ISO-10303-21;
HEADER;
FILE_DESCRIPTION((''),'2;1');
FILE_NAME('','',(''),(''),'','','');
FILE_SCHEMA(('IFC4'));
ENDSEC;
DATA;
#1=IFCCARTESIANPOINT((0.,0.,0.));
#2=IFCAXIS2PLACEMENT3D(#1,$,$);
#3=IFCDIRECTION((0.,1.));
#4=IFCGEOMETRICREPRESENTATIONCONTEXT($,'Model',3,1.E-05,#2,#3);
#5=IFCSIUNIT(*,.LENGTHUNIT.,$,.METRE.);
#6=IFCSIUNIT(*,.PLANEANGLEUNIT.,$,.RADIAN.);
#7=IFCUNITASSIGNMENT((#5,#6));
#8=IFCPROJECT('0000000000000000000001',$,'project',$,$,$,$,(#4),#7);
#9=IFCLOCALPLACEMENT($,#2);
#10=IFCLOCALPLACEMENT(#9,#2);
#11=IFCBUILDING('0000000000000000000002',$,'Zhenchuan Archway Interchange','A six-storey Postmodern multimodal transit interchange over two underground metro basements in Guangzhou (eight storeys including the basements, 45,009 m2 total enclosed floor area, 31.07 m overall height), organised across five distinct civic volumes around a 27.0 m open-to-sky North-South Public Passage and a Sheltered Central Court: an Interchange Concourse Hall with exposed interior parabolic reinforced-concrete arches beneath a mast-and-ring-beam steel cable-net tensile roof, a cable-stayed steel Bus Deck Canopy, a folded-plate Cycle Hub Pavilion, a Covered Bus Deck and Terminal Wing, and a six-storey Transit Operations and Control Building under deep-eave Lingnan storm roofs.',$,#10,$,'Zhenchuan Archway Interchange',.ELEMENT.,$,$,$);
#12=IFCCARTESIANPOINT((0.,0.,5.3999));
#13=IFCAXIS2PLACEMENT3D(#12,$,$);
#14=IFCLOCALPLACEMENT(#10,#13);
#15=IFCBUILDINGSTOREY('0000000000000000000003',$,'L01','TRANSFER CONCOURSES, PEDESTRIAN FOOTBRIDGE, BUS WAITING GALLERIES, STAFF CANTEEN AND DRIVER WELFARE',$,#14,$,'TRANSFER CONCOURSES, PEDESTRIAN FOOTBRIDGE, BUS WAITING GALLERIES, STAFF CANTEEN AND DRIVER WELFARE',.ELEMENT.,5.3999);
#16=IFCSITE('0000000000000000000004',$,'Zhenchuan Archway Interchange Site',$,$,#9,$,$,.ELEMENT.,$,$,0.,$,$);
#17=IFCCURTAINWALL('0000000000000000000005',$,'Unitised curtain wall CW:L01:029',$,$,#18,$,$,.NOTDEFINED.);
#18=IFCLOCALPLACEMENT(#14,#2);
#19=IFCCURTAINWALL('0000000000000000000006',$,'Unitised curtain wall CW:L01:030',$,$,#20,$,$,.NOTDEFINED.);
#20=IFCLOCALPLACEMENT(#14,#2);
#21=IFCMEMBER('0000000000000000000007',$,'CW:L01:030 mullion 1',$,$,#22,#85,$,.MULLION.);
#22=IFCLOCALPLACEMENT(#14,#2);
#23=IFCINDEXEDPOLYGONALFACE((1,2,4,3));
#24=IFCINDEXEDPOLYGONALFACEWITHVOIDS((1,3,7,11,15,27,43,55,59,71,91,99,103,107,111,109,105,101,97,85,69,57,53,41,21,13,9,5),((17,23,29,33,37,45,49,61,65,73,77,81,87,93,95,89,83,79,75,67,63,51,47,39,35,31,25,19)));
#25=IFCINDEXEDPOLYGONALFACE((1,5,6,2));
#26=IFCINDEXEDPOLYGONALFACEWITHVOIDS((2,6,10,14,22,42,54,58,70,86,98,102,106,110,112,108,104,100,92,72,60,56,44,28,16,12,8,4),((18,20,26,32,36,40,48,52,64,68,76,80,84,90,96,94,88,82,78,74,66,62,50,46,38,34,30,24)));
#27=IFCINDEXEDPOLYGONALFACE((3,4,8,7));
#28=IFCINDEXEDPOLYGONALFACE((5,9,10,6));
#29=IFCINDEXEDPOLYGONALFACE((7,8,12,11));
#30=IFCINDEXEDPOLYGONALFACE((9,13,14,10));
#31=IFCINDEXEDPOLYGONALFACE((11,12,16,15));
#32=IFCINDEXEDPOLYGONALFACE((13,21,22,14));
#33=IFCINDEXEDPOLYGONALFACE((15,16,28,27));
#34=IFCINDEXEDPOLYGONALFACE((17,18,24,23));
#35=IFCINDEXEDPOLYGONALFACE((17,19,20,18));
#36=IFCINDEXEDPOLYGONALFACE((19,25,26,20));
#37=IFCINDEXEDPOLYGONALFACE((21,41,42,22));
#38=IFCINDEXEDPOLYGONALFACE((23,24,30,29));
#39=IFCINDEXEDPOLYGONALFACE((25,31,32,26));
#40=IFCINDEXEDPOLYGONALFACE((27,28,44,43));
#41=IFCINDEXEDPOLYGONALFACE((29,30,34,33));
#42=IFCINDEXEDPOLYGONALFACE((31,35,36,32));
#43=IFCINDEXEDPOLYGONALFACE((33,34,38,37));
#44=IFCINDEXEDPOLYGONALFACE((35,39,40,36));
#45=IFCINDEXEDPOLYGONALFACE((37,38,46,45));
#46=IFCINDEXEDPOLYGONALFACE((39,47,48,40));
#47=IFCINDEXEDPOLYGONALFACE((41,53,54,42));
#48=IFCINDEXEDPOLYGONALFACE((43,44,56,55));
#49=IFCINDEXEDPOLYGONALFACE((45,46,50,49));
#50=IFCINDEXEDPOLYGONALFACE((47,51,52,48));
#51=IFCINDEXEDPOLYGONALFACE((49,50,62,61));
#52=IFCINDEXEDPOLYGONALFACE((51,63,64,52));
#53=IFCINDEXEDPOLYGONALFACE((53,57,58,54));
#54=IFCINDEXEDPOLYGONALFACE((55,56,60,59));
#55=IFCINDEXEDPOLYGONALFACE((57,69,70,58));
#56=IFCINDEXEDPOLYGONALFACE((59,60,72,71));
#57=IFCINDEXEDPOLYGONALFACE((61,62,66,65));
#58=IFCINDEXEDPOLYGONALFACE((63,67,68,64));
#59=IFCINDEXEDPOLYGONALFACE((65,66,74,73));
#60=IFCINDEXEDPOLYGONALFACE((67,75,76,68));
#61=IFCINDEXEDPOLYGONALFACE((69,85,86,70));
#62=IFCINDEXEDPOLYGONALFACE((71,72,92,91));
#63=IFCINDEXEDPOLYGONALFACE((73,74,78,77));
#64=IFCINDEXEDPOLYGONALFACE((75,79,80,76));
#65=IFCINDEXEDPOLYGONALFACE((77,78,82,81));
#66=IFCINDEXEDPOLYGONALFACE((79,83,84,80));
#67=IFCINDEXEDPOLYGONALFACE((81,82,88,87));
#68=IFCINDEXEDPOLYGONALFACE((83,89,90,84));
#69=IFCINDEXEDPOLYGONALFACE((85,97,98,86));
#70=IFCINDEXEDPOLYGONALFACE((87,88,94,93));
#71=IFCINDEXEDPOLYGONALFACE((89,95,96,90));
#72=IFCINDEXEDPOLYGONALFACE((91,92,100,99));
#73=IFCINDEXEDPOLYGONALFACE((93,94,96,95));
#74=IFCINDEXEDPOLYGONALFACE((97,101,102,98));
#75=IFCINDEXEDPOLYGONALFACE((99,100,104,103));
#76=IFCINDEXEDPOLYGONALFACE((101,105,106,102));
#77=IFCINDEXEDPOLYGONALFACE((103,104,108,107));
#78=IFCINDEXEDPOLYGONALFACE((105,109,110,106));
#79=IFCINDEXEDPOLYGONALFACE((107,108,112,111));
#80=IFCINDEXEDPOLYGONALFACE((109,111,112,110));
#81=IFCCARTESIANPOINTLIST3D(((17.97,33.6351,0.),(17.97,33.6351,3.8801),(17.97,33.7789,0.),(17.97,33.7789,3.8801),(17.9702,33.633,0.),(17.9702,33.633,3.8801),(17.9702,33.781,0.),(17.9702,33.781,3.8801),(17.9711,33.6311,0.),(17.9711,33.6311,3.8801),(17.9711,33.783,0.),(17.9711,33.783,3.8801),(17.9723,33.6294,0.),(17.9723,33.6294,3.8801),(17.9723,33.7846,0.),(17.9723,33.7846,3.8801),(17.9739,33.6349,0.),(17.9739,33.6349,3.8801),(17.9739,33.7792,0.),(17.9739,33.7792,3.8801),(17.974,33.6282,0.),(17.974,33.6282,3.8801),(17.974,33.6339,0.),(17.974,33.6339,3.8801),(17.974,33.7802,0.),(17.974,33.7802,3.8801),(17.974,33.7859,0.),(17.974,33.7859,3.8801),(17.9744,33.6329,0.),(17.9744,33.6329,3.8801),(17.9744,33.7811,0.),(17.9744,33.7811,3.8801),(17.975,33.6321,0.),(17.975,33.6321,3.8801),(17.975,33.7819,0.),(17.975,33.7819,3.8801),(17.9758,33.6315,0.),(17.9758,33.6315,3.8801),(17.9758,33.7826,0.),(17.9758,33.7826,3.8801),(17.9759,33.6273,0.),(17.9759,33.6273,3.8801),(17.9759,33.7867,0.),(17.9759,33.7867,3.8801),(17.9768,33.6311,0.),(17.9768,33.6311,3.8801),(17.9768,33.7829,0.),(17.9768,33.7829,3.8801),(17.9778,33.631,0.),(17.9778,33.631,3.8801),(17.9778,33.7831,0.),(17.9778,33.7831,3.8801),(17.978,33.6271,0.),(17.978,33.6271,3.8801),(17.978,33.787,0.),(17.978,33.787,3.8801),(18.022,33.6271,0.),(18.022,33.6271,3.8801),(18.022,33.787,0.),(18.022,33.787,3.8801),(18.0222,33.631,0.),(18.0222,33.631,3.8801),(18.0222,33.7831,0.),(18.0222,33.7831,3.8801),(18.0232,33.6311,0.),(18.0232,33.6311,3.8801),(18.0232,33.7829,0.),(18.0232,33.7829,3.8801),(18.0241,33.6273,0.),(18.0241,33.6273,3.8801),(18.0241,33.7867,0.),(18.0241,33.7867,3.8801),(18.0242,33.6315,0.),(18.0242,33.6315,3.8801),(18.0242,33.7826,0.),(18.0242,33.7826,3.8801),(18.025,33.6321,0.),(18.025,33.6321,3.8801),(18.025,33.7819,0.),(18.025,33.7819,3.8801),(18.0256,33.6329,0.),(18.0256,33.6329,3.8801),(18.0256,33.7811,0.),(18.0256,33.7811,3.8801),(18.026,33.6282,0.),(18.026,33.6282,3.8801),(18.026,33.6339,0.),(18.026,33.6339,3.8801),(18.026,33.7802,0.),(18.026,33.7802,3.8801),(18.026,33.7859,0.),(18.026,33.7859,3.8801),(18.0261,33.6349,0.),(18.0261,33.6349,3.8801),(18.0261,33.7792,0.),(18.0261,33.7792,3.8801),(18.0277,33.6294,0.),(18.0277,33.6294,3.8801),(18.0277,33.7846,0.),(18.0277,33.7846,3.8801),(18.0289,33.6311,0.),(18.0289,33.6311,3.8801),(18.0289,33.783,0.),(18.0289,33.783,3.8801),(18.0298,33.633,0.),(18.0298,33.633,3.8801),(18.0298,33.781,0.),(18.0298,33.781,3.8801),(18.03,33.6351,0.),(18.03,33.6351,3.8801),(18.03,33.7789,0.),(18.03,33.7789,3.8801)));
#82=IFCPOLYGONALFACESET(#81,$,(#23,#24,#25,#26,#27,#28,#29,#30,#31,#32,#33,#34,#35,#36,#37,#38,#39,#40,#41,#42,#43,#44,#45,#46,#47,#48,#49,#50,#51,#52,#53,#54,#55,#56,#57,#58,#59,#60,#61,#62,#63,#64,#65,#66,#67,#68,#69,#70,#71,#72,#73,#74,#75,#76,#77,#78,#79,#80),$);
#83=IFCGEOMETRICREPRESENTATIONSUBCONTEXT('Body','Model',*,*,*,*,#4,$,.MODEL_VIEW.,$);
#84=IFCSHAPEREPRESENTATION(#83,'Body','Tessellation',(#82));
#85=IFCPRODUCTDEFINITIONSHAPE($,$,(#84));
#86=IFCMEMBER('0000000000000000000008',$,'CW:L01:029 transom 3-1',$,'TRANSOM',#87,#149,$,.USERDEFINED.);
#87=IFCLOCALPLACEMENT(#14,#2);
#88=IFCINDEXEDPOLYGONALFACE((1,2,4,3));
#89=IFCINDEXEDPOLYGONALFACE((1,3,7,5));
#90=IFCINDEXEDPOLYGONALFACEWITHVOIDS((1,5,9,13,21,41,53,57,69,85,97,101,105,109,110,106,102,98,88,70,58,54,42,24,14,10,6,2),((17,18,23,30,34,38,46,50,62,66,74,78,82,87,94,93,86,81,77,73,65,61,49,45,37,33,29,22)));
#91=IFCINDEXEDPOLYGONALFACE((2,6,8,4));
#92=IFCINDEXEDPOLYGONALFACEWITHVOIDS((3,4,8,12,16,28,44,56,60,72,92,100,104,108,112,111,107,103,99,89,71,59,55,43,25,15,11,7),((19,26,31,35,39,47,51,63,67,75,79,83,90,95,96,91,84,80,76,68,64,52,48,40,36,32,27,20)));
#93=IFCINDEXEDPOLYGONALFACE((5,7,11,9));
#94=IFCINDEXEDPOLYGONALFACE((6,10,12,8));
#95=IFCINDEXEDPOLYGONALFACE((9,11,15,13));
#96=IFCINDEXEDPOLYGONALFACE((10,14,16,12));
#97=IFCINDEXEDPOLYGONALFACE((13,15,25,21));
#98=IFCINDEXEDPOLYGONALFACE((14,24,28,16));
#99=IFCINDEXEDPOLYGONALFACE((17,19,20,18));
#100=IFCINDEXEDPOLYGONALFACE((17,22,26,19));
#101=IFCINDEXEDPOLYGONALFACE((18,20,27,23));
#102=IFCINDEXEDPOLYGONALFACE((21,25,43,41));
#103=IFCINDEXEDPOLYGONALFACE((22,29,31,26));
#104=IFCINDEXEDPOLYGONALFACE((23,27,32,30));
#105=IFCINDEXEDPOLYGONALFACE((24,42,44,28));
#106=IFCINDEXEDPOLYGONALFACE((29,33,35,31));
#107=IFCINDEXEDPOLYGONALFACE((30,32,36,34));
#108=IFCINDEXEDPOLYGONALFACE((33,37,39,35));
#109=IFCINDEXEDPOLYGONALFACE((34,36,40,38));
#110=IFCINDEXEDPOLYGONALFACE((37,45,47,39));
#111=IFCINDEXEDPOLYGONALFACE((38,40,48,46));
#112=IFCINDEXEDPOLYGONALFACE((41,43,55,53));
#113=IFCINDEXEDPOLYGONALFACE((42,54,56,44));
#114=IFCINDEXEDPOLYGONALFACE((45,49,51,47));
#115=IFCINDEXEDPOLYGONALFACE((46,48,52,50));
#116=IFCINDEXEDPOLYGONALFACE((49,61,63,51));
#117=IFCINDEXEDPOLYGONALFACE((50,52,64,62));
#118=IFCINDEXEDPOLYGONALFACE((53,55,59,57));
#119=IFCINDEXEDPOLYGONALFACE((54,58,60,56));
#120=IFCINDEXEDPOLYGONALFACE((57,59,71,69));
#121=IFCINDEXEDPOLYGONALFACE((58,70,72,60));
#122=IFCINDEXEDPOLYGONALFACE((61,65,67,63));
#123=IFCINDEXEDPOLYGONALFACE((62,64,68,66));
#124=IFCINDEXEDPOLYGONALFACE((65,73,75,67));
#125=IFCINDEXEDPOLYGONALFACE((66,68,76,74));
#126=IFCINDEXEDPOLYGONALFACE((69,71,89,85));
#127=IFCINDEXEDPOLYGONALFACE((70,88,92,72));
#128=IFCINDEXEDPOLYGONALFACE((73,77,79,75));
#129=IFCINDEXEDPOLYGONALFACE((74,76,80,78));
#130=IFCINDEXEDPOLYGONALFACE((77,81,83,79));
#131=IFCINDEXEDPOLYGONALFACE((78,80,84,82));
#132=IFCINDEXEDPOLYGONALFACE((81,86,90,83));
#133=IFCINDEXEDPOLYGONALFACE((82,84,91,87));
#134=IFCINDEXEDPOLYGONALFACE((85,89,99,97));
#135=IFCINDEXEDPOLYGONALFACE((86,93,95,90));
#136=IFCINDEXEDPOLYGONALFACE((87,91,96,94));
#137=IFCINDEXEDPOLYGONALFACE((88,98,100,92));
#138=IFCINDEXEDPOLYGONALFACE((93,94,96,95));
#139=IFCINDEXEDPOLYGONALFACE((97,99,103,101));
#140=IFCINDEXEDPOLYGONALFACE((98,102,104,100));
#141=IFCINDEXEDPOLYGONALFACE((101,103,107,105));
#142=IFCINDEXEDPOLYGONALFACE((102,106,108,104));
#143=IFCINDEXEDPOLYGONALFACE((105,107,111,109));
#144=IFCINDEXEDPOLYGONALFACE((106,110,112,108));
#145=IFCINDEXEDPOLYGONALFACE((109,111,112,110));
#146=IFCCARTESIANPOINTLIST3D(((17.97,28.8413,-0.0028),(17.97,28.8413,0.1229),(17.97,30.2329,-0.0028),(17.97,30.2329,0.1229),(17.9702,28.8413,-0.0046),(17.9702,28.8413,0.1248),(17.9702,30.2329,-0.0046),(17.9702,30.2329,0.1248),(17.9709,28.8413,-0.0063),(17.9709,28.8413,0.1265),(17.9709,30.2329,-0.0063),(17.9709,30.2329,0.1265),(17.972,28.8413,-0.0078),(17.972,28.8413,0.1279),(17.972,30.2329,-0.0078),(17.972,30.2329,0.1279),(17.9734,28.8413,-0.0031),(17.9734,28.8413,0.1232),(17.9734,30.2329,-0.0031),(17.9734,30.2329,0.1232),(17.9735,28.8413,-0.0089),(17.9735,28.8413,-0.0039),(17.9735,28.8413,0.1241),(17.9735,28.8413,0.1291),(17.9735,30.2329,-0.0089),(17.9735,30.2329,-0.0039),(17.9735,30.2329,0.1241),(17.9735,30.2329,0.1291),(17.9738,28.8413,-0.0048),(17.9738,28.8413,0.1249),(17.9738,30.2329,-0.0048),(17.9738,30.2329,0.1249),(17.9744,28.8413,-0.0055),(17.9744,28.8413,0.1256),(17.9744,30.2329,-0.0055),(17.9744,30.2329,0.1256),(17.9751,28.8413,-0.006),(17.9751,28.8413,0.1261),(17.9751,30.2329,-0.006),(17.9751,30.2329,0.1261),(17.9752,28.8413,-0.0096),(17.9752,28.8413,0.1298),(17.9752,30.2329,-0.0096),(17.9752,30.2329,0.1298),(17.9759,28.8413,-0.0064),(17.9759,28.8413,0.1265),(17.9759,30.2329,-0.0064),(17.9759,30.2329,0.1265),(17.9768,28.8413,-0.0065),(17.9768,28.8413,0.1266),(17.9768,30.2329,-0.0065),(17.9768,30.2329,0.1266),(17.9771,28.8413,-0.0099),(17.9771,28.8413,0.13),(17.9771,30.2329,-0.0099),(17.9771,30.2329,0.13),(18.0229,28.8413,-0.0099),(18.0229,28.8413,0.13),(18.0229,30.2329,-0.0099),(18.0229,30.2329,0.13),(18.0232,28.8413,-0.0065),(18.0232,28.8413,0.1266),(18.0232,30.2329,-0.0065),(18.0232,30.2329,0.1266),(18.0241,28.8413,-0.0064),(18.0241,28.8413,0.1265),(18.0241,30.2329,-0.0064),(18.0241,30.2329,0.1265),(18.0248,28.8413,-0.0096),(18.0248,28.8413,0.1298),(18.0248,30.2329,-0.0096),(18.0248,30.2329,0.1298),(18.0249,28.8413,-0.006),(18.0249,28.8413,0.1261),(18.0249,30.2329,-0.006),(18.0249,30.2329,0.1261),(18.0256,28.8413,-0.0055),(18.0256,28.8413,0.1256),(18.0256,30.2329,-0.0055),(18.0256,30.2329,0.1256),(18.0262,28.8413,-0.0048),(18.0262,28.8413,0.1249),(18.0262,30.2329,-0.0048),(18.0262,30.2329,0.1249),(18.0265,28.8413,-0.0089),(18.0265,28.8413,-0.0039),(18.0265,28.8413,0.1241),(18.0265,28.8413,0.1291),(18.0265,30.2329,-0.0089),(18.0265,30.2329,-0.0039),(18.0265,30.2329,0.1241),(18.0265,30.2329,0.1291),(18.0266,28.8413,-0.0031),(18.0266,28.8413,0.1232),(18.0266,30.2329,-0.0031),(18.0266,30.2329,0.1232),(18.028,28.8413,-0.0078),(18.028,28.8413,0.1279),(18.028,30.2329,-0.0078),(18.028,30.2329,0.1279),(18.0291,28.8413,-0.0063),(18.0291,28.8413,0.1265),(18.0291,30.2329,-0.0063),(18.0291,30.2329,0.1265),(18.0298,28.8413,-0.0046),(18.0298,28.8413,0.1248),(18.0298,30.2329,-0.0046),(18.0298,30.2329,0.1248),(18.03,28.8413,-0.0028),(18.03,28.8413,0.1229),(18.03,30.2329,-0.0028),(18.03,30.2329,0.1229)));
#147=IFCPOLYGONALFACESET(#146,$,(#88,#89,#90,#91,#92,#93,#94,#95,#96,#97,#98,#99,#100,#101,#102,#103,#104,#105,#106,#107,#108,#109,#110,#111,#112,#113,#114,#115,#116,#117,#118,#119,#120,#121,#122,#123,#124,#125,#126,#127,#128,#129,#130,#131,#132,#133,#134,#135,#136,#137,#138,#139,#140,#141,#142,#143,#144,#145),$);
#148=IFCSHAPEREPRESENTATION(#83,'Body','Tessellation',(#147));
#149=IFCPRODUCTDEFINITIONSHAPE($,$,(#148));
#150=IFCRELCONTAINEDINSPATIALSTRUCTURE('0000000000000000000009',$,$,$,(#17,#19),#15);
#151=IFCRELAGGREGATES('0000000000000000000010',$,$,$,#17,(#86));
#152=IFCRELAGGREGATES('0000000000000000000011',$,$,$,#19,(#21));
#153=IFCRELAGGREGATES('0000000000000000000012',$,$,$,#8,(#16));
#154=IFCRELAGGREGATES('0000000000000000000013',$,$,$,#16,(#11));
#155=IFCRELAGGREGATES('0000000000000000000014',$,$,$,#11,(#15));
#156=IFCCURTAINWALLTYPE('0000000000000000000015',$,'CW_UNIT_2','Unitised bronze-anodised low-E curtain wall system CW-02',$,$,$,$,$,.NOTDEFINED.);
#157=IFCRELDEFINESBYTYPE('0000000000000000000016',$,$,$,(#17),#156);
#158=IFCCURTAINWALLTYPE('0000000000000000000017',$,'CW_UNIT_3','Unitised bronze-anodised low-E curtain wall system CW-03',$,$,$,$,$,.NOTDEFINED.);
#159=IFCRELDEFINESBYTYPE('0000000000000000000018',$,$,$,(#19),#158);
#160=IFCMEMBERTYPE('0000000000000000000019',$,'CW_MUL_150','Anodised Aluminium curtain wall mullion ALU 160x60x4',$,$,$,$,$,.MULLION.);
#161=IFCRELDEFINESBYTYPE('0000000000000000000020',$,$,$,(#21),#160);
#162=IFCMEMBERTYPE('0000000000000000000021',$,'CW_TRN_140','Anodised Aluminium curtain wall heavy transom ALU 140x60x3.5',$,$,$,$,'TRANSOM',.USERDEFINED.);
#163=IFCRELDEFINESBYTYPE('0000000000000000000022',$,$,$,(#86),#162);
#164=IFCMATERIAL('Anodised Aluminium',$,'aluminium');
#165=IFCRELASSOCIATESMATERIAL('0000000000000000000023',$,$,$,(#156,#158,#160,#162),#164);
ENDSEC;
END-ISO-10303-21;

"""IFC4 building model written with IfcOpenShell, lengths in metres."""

from ifc_helpers import new_model, si_unit, direction, frame, origin, origin_2d, place, context, subcontext, project, spatial, hollow_rectangle, extrude, material, material_profile, profile_set, type_object, element, aggregate, save


model = new_model("IFC4")

# Units and contexts
model_context = context("Model", 3, precision=1e-05, world=origin(), true_north=direction((0.0, 1.0)))
body_context = subcontext(model_context, "Body", "Model", "MODEL_VIEW")
ifc_project = project(units=[si_unit("LENGTHUNIT", "METRE"), si_unit("PLANEANGLEUNIT", "RADIAN")], contexts=[model_context])

# Site, building, storey
site_placement = place(None, origin())
site = spatial("IfcSite", under=ifc_project, at=site_placement, Name="Zhenchuan Archway Interchange Site", CompositionType="ELEMENT", RefElevation=0.0)
building_placement = place(site_placement, origin())
building = spatial("IfcBuilding", under=site, at=building_placement, Name="Zhenchuan Archway Interchange", Description="A six-storey Postmodern multimodal transit interchange over two underground metro basements in Guangzhou (eight storeys including the basements, 45,009 m2 total enclosed floor area, 31.07 m overall height), organised across five distinct civic volumes around a 27.0 m open-to-sky North-South Public Passage and a Sheltered Central Court: an Interchange Concourse Hall with exposed interior parabolic reinforced-concrete arches beneath a mast-and-ring-beam steel cable-net tensile roof, a cable-stayed steel Bus Deck Canopy, a folded-plate Cycle Hub Pavilion, a Covered Bus Deck and Terminal Wing, and a six-storey Transit Operations and Control Building under deep-eave Lingnan storm roofs.", LongName="Zhenchuan Archway Interchange", CompositionType="ELEMENT")
storey_placement = place(building_placement, frame((0.0, 0.0, 5.3999)))
storey = spatial("IfcBuildingStorey", under=building, at=storey_placement, Name="L01", Description="TRANSFER CONCOURSES, PEDESTRIAN FOOTBRIDGE, BUS WAITING GALLERIES, STAFF CANTEEN AND DRIVER WELFARE", LongName="TRANSFER CONCOURSES, PEDESTRIAN FOOTBRIDGE, BUS WAITING GALLERIES, STAFF CANTEEN AND DRIVER WELFARE", CompositionType="ELEMENT", Elevation=5.3999)

# Curtain walls, member
ifc_material_1 = material(Name="Anodised Aluminium", Category="aluminium")
curtain_wall_type_1 = type_object("IfcCurtainWallType", Name="CW_UNIT_2", Description="Unitised bronze-anodised low-E curtain wall system CW-02", PredefinedType="NOTDEFINED", material=ifc_material_1)
curtain_wall_1_placement = place(storey_placement, origin())
curtain_wall_1 = element("IfcCurtainWall", 1, at=curtain_wall_1_placement, inside=storey, type_object=curtain_wall_type_1, Name="Unitised curtain wall CW:L01:029", PredefinedType="NOTDEFINED")
ifc_material_profile_1 = material_profile(ifc_material_1, hollow_rectangle(XDim=0.0601, YDim=0.1599, WallThickness=0.0039, InnerFilletRadius=0.0039, OuterFilletRadius=0.0081, at=origin_2d()), Name="ALU 160x60x4")
ifc_profile_set_1 = profile_set([ifc_material_profile_1], Name="Anodised Aluminium")
member_type_1 = type_object("IfcMemberType", Name="CW_MUL_150", Description="Anodised Aluminium curtain wall mullion ALU 160x60x4", PredefinedType="MULLION", material=ifc_profile_set_1)
curtain_wall_type_2 = type_object("IfcCurtainWallType", Name="CW_UNIT_3", Description="Unitised bronze-anodised low-E curtain wall system CW-03", PredefinedType="NOTDEFINED", material=ifc_material_1)
curtain_wall_2_placement = place(storey_placement, origin())
curtain_wall_2 = element("IfcCurtainWall", 2, at=curtain_wall_2_placement, inside=storey, type_object=curtain_wall_type_2, Name="Unitised curtain wall CW:L01:030", PredefinedType="NOTDEFINED")
member_1_placement = place(storey_placement, frame((18.0, 33.707, 0.0), z_axis=(0.0, 0.0, 1.0), x_axis=(1.0, 0.0, 0.0)))
member_1 = element("IfcMember", 3, at=member_1_placement, type_object=member_type_1, Name="CW:L01:030 mullion 1", PredefinedType="MULLION", context=body_context, shape_type="SweptSolid", body=[
    extrude(hollow_rectangle(XDim=0.0601, YDim=0.1599, WallThickness=0.0039, InnerFilletRadius=0.0039, OuterFilletRadius=0.0081, at=origin_2d()), origin(), (0.0, 0.0, 1.0), 3.8801),
])

# Member
ifc_material_profile_2 = material_profile(ifc_material_1, hollow_rectangle(XDim=0.0601, YDim=0.1399, WallThickness=0.0034, InnerFilletRadius=0.0034, OuterFilletRadius=0.0071, at=origin_2d()), Name="ALU 140x60x3.5")
ifc_profile_set_2 = profile_set([ifc_material_profile_2], Name="Anodised Aluminium")
member_type_2 = type_object("IfcMemberType", Name="CW_TRN_140", Description="Anodised Aluminium curtain wall heavy transom ALU 140x60x3.5", ElementType="TRANSOM", PredefinedType="USERDEFINED", material=ifc_profile_set_2)
member_2_placement = place(storey_placement, frame((18.0, 28.8413, 0.0601), z_axis=(0.0, 1.0, 0.0), x_axis=(-1.0, 0.0, 0.0)))
member_2 = element("IfcMember", 4, at=member_2_placement, type_object=member_type_2, Name="CW:L01:029 transom 3-1", ObjectType="TRANSOM", PredefinedType="USERDEFINED", context=body_context, shape_type="SweptSolid", body=[
    extrude(hollow_rectangle(XDim=0.0601, YDim=0.1399, WallThickness=0.0034, InnerFilletRadius=0.0034, OuterFilletRadius=0.0071, at=origin_2d()), origin(), (0.0, 0.0, 1.0), 1.3916),
])

aggregate(curtain_wall_1, [member_2])
aggregate(curtain_wall_2, [member_1])

save(model, "model.ifc")
